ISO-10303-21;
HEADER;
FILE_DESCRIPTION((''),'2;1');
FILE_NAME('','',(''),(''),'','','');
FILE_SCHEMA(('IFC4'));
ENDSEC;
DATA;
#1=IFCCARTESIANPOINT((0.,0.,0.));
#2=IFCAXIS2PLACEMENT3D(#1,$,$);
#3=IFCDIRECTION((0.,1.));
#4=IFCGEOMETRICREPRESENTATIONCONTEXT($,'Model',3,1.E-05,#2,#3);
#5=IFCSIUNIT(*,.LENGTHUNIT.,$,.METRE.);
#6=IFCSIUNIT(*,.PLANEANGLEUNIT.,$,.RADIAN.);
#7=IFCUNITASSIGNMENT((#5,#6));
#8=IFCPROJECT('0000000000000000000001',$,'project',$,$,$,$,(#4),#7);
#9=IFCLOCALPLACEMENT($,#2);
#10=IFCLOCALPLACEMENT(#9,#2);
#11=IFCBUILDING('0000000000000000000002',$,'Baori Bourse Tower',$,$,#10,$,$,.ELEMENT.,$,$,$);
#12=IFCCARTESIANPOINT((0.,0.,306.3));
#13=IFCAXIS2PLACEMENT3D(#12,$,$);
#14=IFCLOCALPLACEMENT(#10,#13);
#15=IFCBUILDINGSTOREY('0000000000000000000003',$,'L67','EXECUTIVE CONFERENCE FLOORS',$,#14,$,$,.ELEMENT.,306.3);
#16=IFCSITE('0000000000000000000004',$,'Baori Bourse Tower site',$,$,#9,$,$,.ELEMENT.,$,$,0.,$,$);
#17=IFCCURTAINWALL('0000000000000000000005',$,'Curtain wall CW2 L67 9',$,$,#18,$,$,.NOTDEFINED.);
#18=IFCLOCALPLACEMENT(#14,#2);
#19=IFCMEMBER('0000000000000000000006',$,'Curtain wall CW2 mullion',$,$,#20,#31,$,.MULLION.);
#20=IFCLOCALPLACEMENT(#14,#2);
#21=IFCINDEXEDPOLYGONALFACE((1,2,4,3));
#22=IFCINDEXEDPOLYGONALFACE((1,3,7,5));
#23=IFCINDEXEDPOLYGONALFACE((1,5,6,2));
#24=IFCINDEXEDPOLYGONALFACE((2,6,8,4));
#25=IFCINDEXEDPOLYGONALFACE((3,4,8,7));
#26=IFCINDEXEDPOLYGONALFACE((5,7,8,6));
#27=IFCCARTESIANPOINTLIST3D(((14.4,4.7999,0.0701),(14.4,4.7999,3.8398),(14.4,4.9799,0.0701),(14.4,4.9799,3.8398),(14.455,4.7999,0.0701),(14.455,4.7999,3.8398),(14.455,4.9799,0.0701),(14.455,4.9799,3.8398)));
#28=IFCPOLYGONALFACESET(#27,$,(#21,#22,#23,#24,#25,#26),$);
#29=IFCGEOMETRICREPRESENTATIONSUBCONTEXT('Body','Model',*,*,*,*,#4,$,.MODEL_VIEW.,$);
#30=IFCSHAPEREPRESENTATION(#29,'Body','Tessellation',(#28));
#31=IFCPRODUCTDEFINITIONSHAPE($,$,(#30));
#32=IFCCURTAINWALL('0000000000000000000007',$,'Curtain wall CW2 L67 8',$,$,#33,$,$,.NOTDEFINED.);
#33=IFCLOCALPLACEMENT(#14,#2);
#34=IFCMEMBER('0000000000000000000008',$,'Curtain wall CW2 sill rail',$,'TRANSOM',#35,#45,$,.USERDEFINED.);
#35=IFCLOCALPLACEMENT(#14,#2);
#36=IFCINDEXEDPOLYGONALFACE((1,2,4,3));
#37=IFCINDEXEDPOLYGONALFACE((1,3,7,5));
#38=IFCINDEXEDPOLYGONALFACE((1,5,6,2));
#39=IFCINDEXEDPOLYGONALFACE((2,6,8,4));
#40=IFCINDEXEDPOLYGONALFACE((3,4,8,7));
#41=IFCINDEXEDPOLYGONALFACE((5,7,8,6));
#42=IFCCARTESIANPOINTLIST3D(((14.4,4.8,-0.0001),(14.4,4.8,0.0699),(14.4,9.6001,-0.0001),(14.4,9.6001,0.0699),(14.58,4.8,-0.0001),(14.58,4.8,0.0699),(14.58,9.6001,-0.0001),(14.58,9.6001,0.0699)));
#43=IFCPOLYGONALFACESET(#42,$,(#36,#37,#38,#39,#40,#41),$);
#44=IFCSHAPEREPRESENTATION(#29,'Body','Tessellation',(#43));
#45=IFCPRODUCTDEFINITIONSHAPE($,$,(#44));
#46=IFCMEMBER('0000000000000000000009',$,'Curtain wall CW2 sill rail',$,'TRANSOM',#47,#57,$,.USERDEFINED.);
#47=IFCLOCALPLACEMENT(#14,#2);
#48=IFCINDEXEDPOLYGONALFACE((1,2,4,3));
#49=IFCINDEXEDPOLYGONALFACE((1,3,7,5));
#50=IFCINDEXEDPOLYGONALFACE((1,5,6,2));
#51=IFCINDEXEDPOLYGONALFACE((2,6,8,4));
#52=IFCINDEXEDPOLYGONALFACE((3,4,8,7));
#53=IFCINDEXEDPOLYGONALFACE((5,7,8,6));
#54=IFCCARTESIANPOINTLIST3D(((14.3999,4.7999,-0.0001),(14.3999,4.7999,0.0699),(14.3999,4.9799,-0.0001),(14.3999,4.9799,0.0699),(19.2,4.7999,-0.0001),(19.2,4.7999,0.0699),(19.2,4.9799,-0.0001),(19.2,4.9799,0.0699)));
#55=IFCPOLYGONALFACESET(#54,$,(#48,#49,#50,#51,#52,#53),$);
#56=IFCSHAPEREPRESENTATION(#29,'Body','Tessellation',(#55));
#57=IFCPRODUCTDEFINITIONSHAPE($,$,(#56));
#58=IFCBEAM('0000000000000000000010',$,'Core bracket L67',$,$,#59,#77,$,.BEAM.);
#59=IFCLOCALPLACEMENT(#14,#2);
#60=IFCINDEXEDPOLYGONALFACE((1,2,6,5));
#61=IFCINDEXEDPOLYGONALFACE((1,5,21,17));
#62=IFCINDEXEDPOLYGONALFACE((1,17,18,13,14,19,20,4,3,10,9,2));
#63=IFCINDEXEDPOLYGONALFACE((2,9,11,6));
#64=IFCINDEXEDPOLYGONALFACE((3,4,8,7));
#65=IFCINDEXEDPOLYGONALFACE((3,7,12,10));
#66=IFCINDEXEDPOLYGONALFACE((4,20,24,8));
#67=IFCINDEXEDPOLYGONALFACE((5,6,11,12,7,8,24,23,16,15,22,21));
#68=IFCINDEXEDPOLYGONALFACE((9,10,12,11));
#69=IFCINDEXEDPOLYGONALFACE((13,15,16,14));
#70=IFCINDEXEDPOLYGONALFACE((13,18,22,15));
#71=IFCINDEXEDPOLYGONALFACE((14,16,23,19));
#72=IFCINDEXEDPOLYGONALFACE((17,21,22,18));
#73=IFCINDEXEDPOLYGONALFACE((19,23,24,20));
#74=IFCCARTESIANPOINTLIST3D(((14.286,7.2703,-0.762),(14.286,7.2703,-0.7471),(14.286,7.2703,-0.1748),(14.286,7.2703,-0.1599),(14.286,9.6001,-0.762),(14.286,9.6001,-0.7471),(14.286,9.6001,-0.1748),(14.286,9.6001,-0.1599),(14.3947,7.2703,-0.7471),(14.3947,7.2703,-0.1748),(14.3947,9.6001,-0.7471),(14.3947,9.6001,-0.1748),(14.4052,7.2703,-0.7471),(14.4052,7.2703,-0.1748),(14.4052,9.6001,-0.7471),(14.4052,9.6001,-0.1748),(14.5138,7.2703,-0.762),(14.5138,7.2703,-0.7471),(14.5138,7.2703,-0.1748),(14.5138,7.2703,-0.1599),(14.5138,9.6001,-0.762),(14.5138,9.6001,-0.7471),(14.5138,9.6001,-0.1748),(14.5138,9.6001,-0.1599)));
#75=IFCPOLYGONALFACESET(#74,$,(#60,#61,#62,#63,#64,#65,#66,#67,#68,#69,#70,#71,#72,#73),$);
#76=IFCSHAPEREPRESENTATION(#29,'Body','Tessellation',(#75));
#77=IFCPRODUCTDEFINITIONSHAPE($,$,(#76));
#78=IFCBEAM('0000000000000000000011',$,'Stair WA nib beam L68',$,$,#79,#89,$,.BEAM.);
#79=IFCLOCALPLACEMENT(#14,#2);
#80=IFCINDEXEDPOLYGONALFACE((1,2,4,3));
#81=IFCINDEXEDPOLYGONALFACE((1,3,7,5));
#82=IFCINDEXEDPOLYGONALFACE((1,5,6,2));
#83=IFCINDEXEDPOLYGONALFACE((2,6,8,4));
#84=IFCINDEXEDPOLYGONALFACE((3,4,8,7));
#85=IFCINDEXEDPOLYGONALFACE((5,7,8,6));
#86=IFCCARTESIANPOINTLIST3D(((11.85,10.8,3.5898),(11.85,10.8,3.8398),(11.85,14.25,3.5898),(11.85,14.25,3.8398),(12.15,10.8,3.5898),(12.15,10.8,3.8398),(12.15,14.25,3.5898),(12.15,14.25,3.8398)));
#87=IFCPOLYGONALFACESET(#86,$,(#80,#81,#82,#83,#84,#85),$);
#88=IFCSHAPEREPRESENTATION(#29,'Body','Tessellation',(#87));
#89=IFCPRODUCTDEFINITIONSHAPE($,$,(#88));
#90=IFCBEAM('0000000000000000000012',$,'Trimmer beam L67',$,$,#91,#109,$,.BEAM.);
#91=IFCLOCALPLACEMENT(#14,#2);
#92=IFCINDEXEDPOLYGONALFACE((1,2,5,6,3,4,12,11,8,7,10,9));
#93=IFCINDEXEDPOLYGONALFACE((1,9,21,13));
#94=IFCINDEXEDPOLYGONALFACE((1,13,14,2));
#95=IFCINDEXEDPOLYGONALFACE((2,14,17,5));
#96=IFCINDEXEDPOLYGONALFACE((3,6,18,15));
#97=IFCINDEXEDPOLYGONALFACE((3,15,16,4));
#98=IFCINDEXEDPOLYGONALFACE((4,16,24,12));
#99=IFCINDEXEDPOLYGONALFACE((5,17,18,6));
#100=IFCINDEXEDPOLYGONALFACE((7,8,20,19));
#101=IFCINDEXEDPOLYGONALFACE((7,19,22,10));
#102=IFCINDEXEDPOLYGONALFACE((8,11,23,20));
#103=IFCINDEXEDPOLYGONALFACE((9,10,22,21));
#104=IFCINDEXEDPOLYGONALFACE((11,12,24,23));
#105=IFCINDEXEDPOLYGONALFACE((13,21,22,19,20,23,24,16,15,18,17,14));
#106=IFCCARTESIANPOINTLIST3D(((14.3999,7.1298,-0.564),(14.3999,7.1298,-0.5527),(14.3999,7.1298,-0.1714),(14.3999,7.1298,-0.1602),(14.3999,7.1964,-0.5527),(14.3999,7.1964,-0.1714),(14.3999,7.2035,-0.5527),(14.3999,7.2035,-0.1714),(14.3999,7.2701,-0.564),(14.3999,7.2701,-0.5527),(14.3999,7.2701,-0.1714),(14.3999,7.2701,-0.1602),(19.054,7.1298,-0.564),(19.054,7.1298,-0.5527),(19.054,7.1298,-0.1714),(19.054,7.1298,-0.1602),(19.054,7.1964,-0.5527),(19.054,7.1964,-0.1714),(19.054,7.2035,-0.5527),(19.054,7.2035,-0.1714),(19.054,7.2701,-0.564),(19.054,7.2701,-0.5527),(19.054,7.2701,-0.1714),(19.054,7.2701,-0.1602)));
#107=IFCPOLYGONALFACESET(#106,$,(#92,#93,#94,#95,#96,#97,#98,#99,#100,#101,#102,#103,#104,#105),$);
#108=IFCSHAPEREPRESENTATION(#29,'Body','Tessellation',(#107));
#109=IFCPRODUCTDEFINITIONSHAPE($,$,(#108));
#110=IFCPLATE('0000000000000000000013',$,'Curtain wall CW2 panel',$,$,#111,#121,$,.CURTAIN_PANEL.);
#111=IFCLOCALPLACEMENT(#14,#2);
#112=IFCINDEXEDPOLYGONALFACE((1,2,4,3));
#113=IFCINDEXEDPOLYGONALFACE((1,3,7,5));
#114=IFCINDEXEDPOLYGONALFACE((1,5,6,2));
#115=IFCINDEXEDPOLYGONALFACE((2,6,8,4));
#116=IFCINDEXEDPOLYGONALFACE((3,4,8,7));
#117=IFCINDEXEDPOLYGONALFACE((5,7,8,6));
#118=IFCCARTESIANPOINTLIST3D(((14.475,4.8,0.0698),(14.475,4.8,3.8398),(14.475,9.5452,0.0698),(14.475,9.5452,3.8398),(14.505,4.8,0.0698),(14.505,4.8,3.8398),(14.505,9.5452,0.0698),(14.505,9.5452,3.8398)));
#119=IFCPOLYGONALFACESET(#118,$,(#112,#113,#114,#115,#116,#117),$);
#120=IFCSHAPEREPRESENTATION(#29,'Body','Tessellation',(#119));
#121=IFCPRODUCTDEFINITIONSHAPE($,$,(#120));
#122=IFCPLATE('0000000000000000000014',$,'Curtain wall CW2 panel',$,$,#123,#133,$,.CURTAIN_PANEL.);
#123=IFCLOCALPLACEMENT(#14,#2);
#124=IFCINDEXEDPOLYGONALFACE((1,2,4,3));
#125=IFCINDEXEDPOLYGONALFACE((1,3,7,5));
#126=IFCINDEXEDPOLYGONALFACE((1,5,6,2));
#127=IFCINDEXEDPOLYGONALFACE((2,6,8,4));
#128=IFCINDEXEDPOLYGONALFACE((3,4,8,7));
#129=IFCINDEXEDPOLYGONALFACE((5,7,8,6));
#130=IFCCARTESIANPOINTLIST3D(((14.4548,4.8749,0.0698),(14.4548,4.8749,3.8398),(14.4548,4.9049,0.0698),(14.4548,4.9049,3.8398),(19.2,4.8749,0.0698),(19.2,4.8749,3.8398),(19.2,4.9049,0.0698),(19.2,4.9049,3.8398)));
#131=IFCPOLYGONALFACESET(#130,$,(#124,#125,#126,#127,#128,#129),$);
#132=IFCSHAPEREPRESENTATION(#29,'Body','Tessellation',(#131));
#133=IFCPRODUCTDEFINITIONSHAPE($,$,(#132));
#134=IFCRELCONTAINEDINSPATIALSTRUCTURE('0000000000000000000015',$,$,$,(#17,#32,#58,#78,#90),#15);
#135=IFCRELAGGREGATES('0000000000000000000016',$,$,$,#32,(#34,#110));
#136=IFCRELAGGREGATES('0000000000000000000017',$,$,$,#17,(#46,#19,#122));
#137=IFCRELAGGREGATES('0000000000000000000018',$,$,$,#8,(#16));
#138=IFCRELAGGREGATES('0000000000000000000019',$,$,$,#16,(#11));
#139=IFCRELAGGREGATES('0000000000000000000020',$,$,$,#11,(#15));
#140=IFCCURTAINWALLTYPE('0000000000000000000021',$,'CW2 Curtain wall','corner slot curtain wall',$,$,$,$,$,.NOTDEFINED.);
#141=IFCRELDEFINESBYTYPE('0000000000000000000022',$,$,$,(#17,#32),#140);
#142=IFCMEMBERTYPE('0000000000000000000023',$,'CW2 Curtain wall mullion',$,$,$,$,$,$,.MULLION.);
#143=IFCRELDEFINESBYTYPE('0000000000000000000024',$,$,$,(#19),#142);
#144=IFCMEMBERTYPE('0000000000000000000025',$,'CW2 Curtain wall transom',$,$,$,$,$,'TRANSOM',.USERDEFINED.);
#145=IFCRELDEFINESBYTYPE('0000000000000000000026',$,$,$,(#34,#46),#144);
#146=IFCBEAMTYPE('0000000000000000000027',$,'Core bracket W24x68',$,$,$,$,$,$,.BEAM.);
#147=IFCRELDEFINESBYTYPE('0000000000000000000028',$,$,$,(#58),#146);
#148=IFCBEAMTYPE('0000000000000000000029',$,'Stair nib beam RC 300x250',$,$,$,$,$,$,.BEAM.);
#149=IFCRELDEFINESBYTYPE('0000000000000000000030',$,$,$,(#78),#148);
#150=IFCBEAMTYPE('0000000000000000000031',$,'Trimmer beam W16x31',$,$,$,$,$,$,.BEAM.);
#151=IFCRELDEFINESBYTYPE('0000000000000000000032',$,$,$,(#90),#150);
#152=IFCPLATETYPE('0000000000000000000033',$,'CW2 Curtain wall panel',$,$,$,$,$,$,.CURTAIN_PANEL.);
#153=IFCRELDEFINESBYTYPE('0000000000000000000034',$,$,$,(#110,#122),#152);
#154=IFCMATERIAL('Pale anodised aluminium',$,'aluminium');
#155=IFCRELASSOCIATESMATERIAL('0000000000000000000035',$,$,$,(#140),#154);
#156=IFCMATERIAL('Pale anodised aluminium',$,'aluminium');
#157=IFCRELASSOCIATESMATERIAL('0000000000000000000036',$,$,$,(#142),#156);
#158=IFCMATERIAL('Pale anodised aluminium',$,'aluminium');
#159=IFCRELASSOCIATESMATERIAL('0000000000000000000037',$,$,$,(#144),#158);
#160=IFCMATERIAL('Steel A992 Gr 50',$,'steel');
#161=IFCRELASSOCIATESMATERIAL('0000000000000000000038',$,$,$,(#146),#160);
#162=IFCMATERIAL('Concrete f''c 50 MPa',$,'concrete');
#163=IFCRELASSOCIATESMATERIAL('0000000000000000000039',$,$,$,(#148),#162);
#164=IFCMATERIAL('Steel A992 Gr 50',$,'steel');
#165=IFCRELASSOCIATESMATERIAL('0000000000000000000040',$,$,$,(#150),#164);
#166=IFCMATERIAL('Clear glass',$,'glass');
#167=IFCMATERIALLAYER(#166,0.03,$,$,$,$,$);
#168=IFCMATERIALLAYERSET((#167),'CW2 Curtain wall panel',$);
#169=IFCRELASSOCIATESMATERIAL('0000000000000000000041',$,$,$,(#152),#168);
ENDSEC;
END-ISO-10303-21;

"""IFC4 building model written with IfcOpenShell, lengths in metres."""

from ifc_helpers import new_model, si_unit, direction, frame, origin, origin_2d, place, context, subcontext, project, spatial, rectangle, i_section, extrude, material, layer, layer_set, material_profile, profile_set, type_object, element, aggregate, save


model = new_model("IFC4")

# Units and contexts
model_context = context("Model", 3, precision=1e-05, world=origin(), true_north=direction((0.0, 1.0)))
body_context = subcontext(model_context, "Body", "Model", "MODEL_VIEW")
ifc_project = project(units=[si_unit("LENGTHUNIT", "METRE"), si_unit("PLANEANGLEUNIT", "RADIAN")], contexts=[model_context])

# Site, building, storey
site_placement = place(None, origin())
site = spatial("IfcSite", under=ifc_project, at=site_placement, Name="Baori Bourse Tower site", CompositionType="ELEMENT", RefElevation=0.0)
building_placement = place(site_placement, origin())
building = spatial("IfcBuilding", under=site, at=building_placement, Name="Baori Bourse Tower", CompositionType="ELEMENT")
storey_placement = place(building_placement, frame((0.0, 0.0, 306.3)))
storey = spatial("IfcBuildingStorey", under=building, at=storey_placement, Name="L67", Description="EXECUTIVE CONFERENCE FLOORS", CompositionType="ELEMENT", Elevation=306.3)

# Curtain walls, members
ifc_material_1 = material(Name="Pale anodised aluminium", Category="aluminium")
curtain_wall_type = type_object("IfcCurtainWallType", Name="CW2 Curtain wall", Description="corner slot curtain wall", PredefinedType="NOTDEFINED", material=ifc_material_1)
curtain_wall_1_placement = place(storey_placement, origin())
curtain_wall_1 = element("IfcCurtainWall", 1, at=curtain_wall_1_placement, inside=storey, type_object=curtain_wall_type, Name="Curtain wall CW2 L67 9", PredefinedType="NOTDEFINED")
ifc_material_2 = material(Name="Pale anodised aluminium", Category="aluminium")
ifc_material_profile_1 = material_profile(ifc_material_2, rectangle(XDim=0.1799, YDim=0.0549, at=origin_2d()), Name="Mullion 55x180")
ifc_profile_set_1 = profile_set([ifc_material_profile_1], Name="Pale anodised aluminium")
member_type_1 = type_object("IfcMemberType", Name="CW2 Curtain wall mullion", PredefinedType="MULLION", material=ifc_profile_set_1)
member_1_placement = place(storey_placement, frame((14.4275, 4.8899, 0.0701), z_axis=(0.0, 0.0, 1.0), x_axis=(0.0, 1.0, 0.0)))
member_1 = element("IfcMember", 2, at=member_1_placement, type_object=member_type_1, Name="Curtain wall CW2 mullion", PredefinedType="MULLION", context=body_context, shape_type="SweptSolid", body=[
    extrude(rectangle(XDim=0.1799, YDim=0.0549, at=origin_2d()), origin(), (0.0, 0.0, 1.0), 3.7698),
])
curtain_wall_2_placement = place(storey_placement, origin())
curtain_wall_2 = element("IfcCurtainWall", 3, at=curtain_wall_2_placement, inside=storey, type_object=curtain_wall_type, Name="Curtain wall CW2 L67 8", PredefinedType="NOTDEFINED")
ifc_material_3 = material(Name="Pale anodised aluminium", Category="aluminium")
ifc_material_profile_2 = material_profile(ifc_material_3, rectangle(XDim=0.1799, YDim=0.0701, at=origin_2d()), Name="Transom 70x180")
ifc_profile_set_2 = profile_set([ifc_material_profile_2], Name="Pale anodised aluminium")
member_type_2 = type_object("IfcMemberType", Name="CW2 Curtain wall transom", ElementType="TRANSOM", PredefinedType="USERDEFINED", material=ifc_profile_set_2)
member_2_placement = place(storey_placement, frame((14.49, 9.6001, 0.0349), z_axis=(0.0, -1.0, 0.0), x_axis=(1.0, 0.0, 0.0)))
member_2 = element("IfcMember", 4, at=member_2_placement, type_object=member_type_2, Name="Curtain wall CW2 sill rail", ObjectType="TRANSOM", PredefinedType="USERDEFINED", context=body_context, shape_type="SweptSolid", body=[
    extrude(rectangle(XDim=0.1799, YDim=0.0701, at=origin_2d()), origin(), (0.0, 0.0, 1.0), 4.8),
])

# Member
member_3_placement = place(storey_placement, frame((14.3999, 4.8899, 0.0349), z_axis=(1.0, 0.0, 0.0), x_axis=(0.0, 1.0, 0.0)))
member_3 = element("IfcMember", 5, at=member_3_placement, type_object=member_type_2, Name="Curtain wall CW2 sill rail", ObjectType="TRANSOM", PredefinedType="USERDEFINED", context=body_context, shape_type="SweptSolid", body=[
    extrude(rectangle(XDim=0.1799, YDim=0.0701, at=origin_2d()), origin(), (0.0, 0.0, 1.0), 4.8),
])

# Beams
ifc_material_4 = material(Name="Steel A992 Gr 50", Category="steel")
ifc_material_profile_3 = material_profile(ifc_material_4, i_section(OverallWidth=0.2278, OverallDepth=0.6021, WebThickness=0.0105, FlangeThickness=0.0149, at=origin_2d()), Name="W24x68")
ifc_profile_set_3 = profile_set([ifc_material_profile_3], Name="Steel A992 Gr 50")
beam_type_1 = type_object("IfcBeamType", Name="Core bracket W24x68", PredefinedType="BEAM", material=ifc_profile_set_3)
beam_1_placement = place(storey_placement, frame((14.3999, 7.2703, -0.4609), z_axis=(0.0, 1.0, 0.0), x_axis=(-1.0, 0.0, 0.0)))
element("IfcBeam", 6, at=beam_1_placement, inside=storey, type_object=beam_type_1, Name="Core bracket L67", PredefinedType="BEAM", context=body_context, shape_type="SweptSolid", body=[
    extrude(i_section(OverallWidth=0.2278, OverallDepth=0.6021, WebThickness=0.0105, FlangeThickness=0.0149, at=origin_2d()), origin(), (0.0, 0.0, 1.0), 2.3298),
])
ifc_material_5 = material(Name="Concrete f'c 50 MPa", Category="concrete")
ifc_material_profile_4 = material_profile(ifc_material_5, rectangle(XDim=0.3, YDim=0.25, at=origin_2d()), Name="RC 300x250")
ifc_profile_set_4 = profile_set([ifc_material_profile_4], Name="Concrete f'c 50 MPa")
beam_type_2 = type_object("IfcBeamType", Name="Stair nib beam RC 300x250", PredefinedType="BEAM", material=ifc_profile_set_4)
beam_2_placement = place(storey_placement, frame((12.0, 10.8, 3.7148), z_axis=(0.0, 1.0, 0.0), x_axis=(-1.0, 0.0, 0.0)))
element("IfcBeam", 7, at=beam_2_placement, inside=storey, type_object=beam_type_2, Name="Stair WA nib beam L68", PredefinedType="BEAM", context=body_context, shape_type="SweptSolid", body=[
    extrude(rectangle(XDim=0.3, YDim=0.25, at=origin_2d()), origin(), (0.0, 0.0, 1.0), 3.45),
])
ifc_material_6 = material(Name="Steel A992 Gr 50", Category="steel")
ifc_material_profile_5 = material_profile(ifc_material_6, i_section(OverallWidth=0.1404, OverallDepth=0.4038, WebThickness=0.0071, FlangeThickness=0.0112, at=origin_2d()), Name="W16x31")
ifc_profile_set_5 = profile_set([ifc_material_profile_5], Name="Steel A992 Gr 50")
beam_type_3 = type_object("IfcBeamType", Name="Trimmer beam W16x31", PredefinedType="BEAM", material=ifc_profile_set_5)
beam_3_placement = place(storey_placement, frame((14.3999, 7.2, -0.3621), z_axis=(1.0, 0.0, 0.0), x_axis=(0.0, 1.0, 0.0)))
element("IfcBeam", 8, at=beam_3_placement, inside=storey, type_object=beam_type_3, Name="Trimmer beam L67", PredefinedType="BEAM", context=body_context, shape_type="SweptSolid", body=[
    extrude(i_section(OverallWidth=0.1404, OverallDepth=0.4038, WebThickness=0.0071, FlangeThickness=0.0112, at=origin_2d()), origin(), (0.0, 0.0, 1.0), 4.6541),
])

# Plates
ifc_material_7 = material(Name="Clear glass", Category="glass")
ifc_layer_1 = layer(ifc_material_7, 0.03)
ifc_layer_set_1 = layer_set([ifc_layer_1], Name="CW2 Curtain wall panel")
plate_type = type_object("IfcPlateType", Name="CW2 Curtain wall panel", PredefinedType="CURTAIN_PANEL", material=ifc_layer_set_1)
plate_1_placement = place(storey_placement, frame((14.49, 7.1726, 0.0698), z_axis=(0.0, 0.0, 1.0), x_axis=(0.0, -1.0, 0.0)))
plate_1 = element("IfcPlate", 9, at=plate_1_placement, type_object=plate_type, Name="Curtain wall CW2 panel", PredefinedType="CURTAIN_PANEL", context=body_context, shape_type="SweptSolid", body=[
    extrude(rectangle(XDim=4.7451, YDim=0.03, at=origin_2d()), origin(), (0.0, 0.0, 1.0), 3.77),
])
aggregate(curtain_wall_2, [member_2, plate_1])
plate_2_placement = place(storey_placement, frame((16.8274, 4.8899, 0.0698), z_axis=(0.0, 0.0, 1.0), x_axis=(1.0, 0.0, 0.0)))
plate_2 = element("IfcPlate", 10, at=plate_2_placement, type_object=plate_type, Name="Curtain wall CW2 panel", PredefinedType="CURTAIN_PANEL", context=body_context, shape_type="SweptSolid", body=[
    extrude(rectangle(XDim=4.7451, YDim=0.03, at=origin_2d()), origin(), (0.0, 0.0, 1.0), 3.77),
])
aggregate(curtain_wall_1, [member_3, member_1, plate_2])

save(model, "model.ifc")
